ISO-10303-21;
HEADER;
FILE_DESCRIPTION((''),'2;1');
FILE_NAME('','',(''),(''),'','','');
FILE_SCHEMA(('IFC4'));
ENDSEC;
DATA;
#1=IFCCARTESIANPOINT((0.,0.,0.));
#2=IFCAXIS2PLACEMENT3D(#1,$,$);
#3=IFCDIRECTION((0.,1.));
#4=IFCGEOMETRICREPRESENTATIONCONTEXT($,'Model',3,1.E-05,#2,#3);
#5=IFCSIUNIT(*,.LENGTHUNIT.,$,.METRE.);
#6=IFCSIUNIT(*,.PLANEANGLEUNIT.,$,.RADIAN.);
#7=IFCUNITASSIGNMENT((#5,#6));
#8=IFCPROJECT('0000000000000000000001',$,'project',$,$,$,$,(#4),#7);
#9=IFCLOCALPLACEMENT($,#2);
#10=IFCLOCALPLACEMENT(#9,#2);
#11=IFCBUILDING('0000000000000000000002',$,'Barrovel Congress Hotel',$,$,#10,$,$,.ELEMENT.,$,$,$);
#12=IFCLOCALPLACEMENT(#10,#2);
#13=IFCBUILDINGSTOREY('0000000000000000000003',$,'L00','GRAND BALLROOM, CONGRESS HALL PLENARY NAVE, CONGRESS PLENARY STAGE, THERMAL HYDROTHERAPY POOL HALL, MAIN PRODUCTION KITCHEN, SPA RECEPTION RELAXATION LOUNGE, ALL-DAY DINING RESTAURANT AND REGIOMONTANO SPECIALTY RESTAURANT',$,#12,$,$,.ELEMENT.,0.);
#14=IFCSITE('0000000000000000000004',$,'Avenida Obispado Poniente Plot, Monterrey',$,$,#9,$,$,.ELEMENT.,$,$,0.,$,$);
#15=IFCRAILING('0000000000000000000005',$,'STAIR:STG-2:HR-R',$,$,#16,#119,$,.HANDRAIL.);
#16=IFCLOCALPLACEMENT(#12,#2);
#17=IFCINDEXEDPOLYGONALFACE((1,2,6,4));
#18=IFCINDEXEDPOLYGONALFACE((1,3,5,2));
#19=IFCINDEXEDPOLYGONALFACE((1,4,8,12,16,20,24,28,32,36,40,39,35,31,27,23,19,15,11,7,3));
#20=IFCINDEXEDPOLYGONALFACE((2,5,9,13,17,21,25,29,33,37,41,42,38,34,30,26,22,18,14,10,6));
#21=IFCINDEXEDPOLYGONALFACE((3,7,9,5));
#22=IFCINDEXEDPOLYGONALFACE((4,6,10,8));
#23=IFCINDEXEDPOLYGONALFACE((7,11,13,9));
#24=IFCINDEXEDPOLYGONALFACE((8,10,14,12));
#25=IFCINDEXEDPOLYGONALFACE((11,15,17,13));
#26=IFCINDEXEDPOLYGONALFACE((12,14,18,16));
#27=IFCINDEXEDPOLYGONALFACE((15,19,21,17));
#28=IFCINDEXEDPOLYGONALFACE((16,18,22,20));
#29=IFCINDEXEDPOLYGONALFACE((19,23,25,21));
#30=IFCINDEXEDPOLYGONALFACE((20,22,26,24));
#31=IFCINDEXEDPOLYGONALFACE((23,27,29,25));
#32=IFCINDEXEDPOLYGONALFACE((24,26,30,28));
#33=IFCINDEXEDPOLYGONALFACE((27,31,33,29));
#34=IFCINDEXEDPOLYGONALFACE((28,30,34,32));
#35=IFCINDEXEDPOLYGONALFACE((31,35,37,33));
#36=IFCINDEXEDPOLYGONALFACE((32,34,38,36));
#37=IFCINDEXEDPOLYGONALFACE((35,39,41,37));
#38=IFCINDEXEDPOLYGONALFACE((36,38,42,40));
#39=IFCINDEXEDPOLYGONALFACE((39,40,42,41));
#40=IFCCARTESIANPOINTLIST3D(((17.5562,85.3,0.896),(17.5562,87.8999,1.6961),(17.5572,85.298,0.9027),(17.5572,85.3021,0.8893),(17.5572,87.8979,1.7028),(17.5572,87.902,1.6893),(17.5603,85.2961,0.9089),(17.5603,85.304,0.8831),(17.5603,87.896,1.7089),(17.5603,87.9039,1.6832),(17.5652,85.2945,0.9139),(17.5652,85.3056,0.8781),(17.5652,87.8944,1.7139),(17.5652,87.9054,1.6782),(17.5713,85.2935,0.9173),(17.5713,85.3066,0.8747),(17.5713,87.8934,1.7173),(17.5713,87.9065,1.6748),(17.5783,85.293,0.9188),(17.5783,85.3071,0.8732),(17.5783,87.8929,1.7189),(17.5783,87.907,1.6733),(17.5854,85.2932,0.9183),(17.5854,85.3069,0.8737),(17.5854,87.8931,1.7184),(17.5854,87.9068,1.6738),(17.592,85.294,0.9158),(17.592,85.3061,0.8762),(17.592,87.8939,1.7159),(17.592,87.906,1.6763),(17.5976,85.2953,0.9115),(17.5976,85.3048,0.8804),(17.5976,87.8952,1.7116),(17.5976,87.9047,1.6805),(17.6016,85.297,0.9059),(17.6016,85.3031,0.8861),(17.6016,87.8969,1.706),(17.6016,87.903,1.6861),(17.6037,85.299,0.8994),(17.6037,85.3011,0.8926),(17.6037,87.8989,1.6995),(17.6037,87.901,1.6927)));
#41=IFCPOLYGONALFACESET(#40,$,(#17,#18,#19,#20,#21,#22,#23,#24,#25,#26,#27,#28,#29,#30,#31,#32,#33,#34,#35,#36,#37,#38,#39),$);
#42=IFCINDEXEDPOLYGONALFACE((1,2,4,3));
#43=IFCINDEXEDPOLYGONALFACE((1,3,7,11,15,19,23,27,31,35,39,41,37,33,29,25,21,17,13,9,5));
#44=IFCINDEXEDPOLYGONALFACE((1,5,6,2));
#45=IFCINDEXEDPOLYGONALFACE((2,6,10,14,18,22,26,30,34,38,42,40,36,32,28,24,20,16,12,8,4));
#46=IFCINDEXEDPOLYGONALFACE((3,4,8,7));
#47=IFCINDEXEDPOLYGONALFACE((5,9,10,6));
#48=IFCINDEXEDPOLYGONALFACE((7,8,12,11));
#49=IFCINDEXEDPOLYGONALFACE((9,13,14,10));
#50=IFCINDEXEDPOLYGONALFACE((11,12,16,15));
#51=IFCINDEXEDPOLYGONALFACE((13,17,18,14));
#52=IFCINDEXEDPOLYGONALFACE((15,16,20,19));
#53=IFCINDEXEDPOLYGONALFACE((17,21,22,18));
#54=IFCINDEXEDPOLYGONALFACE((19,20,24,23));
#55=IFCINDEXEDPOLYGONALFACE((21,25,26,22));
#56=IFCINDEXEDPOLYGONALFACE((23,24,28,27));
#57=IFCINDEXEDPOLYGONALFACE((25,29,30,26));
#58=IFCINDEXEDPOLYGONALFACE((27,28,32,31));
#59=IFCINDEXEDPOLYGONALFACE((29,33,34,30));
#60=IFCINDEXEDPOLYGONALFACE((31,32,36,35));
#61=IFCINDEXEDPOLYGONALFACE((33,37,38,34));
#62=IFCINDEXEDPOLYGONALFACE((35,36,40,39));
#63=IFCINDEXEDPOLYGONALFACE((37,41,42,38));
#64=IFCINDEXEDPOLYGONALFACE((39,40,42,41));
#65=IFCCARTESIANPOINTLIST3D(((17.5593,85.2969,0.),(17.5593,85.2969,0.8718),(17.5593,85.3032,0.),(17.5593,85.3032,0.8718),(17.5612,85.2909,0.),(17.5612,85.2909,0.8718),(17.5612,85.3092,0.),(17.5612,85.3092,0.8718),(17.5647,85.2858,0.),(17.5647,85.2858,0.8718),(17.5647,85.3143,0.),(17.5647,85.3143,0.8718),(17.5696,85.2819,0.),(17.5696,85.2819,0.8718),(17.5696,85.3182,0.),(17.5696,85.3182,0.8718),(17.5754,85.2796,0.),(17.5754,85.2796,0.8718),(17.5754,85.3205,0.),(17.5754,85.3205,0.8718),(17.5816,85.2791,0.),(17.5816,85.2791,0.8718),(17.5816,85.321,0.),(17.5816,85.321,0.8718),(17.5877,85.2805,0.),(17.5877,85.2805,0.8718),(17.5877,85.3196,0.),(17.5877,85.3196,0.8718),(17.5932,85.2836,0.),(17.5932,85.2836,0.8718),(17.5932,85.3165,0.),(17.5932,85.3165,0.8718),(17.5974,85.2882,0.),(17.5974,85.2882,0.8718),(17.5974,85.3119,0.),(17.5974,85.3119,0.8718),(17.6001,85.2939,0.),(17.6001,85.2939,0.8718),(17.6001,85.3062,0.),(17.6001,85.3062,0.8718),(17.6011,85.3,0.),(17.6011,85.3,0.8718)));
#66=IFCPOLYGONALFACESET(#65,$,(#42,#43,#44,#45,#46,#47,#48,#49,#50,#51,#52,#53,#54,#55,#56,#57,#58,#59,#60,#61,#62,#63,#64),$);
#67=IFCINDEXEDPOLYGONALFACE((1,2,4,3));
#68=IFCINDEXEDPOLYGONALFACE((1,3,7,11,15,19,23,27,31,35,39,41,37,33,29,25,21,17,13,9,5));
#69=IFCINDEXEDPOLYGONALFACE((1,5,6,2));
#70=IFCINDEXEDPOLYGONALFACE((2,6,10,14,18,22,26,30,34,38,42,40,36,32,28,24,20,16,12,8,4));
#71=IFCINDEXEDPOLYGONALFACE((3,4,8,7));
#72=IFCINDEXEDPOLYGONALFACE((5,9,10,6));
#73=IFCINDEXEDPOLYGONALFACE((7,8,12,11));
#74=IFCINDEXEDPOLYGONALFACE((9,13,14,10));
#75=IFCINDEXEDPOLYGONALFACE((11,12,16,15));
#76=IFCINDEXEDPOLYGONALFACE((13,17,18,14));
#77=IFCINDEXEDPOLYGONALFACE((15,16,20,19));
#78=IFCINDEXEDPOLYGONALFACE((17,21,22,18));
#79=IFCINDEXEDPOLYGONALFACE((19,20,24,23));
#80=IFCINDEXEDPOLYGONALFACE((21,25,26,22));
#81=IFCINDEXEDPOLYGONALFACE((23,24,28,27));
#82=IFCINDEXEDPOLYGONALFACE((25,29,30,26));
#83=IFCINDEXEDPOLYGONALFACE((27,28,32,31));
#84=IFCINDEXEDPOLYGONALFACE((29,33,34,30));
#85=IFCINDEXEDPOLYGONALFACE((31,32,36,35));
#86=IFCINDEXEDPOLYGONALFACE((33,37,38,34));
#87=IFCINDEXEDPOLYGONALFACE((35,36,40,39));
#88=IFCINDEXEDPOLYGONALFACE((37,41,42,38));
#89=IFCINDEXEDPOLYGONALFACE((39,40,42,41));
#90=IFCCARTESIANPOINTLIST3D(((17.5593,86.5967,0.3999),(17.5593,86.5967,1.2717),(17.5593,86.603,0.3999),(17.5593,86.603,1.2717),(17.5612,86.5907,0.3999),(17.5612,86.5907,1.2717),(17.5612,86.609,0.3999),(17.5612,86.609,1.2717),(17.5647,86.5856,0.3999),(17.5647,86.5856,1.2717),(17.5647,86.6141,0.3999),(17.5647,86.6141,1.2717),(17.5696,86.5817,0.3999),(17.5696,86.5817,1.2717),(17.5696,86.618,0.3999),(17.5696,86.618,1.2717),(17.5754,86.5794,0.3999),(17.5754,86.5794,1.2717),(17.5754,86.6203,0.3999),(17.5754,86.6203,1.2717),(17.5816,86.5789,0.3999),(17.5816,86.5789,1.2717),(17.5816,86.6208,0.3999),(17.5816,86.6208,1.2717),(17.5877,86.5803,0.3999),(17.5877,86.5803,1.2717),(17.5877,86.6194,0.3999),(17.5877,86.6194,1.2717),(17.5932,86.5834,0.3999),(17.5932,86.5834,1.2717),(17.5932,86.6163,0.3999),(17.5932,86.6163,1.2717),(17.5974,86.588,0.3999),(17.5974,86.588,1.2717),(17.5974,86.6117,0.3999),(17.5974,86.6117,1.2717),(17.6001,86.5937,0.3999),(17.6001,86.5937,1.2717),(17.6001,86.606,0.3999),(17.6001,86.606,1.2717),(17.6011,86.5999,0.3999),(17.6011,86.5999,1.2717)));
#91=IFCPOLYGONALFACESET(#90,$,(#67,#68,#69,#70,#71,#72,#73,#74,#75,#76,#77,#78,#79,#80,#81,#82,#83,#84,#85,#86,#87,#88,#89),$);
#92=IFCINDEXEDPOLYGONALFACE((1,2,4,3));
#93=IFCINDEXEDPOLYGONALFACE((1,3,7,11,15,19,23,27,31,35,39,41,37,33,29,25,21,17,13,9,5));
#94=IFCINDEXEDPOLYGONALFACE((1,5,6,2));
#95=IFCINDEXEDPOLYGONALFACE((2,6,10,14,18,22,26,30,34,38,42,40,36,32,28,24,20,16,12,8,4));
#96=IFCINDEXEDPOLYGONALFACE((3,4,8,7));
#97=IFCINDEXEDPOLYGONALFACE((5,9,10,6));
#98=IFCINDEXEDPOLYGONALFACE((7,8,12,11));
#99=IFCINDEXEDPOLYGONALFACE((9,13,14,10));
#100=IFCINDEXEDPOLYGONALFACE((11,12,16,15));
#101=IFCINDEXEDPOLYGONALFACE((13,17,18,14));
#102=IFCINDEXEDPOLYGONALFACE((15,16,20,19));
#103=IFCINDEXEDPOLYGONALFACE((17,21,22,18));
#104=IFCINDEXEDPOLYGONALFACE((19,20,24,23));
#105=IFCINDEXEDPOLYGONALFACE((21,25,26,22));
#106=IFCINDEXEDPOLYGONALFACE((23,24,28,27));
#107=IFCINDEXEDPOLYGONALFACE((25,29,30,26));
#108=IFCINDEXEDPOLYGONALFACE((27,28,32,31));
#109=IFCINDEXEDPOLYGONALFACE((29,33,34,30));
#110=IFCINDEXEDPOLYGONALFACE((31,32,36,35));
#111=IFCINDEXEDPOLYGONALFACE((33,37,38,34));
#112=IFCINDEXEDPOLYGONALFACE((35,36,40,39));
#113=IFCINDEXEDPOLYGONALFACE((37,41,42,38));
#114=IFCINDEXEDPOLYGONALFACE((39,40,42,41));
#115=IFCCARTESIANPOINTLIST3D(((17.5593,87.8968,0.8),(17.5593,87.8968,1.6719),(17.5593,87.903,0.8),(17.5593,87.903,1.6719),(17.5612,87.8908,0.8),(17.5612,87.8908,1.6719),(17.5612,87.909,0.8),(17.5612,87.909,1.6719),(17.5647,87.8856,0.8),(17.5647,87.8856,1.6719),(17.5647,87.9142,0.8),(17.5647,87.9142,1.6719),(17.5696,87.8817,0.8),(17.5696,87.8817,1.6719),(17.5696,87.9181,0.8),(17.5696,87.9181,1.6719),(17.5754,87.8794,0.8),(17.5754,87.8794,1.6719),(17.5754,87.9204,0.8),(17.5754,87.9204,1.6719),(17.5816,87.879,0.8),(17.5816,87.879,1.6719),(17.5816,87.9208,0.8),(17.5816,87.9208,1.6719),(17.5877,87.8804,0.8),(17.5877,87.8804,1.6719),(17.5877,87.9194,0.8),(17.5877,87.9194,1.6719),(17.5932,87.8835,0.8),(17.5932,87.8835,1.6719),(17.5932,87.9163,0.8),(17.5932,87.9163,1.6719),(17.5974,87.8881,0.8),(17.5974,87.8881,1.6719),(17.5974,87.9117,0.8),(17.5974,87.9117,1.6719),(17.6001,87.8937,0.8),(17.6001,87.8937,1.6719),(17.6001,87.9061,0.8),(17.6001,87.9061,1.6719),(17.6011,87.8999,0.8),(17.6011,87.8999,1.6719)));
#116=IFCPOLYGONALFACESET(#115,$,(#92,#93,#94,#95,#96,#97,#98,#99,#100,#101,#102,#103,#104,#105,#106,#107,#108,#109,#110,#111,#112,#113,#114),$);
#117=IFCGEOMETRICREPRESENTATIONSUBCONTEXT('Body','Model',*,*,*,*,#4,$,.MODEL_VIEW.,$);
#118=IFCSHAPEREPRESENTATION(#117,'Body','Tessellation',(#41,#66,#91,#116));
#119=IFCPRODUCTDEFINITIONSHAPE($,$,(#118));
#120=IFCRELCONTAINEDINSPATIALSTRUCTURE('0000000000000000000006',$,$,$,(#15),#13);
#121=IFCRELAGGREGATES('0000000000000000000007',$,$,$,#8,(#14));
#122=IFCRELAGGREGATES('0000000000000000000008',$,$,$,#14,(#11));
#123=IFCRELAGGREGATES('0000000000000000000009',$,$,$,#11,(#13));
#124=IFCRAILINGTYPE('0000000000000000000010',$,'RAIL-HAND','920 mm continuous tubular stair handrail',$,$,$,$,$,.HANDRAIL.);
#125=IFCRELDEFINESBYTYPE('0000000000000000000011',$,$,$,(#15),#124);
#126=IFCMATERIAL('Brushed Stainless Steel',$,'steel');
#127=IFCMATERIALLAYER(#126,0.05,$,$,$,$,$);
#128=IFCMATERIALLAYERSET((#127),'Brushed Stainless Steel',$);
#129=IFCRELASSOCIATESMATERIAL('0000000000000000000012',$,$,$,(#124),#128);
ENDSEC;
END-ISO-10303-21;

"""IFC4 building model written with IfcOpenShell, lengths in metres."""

from ifc_helpers import new_model, si_unit, direction, frame, origin, origin_2d, place, context, subcontext, project, spatial, circle, extrude, material, layer, layer_set, type_object, element, save


model = new_model("IFC4")

# Units and contexts
model_context = context("Model", 3, precision=1e-05, world=origin(), true_north=direction((0.0, 1.0)))
body_context = subcontext(model_context, "Body", "Model", "MODEL_VIEW")
ifc_project = project(units=[si_unit("LENGTHUNIT", "METRE"), si_unit("PLANEANGLEUNIT", "RADIAN")], contexts=[model_context])

# Site, building, storey
site_placement = place(None, origin())
site = spatial("IfcSite", under=ifc_project, at=site_placement, Name="Avenida Obispado Poniente Plot, Monterrey", CompositionType="ELEMENT", RefElevation=0.0)
building_placement = place(site_placement, origin())
building = spatial("IfcBuilding", under=site, at=building_placement, Name="Barrovel Congress Hotel", CompositionType="ELEMENT")
storey_placement = place(building_placement, origin())
storey = spatial("IfcBuildingStorey", under=building, at=storey_placement, Name="L00", Description="GRAND BALLROOM, CONGRESS HALL PLENARY NAVE, CONGRESS PLENARY STAGE, THERMAL HYDROTHERAPY POOL HALL, MAIN PRODUCTION KITCHEN, SPA RECEPTION RELAXATION LOUNGE, ALL-DAY DINING RESTAURANT AND REGIOMONTANO SPECIALTY RESTAURANT", CompositionType="ELEMENT", Elevation=0.0)

# Railing
ifc_material_1 = material(Name="Brushed Stainless Steel", Category="steel")
ifc_layer_1 = layer(ifc_material_1, 0.05)
ifc_layer_set_1 = layer_set([ifc_layer_1], Name="Brushed Stainless Steel")
railing_type = type_object("IfcRailingType", Name="RAIL-HAND", Description="920 mm continuous tubular stair handrail", PredefinedType="HANDRAIL", material=ifc_layer_set_1)
for number, where, name in (
    (1, (17.5801, 85.3, 0.0), "STAIR:STG-2:HR-R"),
):
    element("IfcRailing", number, at=place(storey_placement, frame(where)), inside=storey, type_object=railing_type, Name=name, PredefinedType="HANDRAIL", context=body_context, shape_type="SweptSolid", body=[
        extrude(circle(Radius=0.0239, at=origin_2d()), frame((0.0, 0.0, 0.896), z_axis=(0.0, 0.955769, 0.294117), x_axis=(-1.0, 0.0, 0.0)), (0.0, 0.0, 1.0), 2.7202),
        extrude(circle(Radius=0.021, at=origin_2d()), origin(), (0.0, 0.0, 1.0), 0.8718),
        extrude(circle(Radius=0.021, at=origin_2d()), frame((0.0, 1.2998, 0.3999)), (0.0, 0.0, 1.0), 0.8718),
        extrude(circle(Radius=0.021, at=origin_2d()), frame((0.0, 2.5999, 0.8)), (0.0, 0.0, 1.0), 0.8718),
    ])

save(model, "model.ifc")
